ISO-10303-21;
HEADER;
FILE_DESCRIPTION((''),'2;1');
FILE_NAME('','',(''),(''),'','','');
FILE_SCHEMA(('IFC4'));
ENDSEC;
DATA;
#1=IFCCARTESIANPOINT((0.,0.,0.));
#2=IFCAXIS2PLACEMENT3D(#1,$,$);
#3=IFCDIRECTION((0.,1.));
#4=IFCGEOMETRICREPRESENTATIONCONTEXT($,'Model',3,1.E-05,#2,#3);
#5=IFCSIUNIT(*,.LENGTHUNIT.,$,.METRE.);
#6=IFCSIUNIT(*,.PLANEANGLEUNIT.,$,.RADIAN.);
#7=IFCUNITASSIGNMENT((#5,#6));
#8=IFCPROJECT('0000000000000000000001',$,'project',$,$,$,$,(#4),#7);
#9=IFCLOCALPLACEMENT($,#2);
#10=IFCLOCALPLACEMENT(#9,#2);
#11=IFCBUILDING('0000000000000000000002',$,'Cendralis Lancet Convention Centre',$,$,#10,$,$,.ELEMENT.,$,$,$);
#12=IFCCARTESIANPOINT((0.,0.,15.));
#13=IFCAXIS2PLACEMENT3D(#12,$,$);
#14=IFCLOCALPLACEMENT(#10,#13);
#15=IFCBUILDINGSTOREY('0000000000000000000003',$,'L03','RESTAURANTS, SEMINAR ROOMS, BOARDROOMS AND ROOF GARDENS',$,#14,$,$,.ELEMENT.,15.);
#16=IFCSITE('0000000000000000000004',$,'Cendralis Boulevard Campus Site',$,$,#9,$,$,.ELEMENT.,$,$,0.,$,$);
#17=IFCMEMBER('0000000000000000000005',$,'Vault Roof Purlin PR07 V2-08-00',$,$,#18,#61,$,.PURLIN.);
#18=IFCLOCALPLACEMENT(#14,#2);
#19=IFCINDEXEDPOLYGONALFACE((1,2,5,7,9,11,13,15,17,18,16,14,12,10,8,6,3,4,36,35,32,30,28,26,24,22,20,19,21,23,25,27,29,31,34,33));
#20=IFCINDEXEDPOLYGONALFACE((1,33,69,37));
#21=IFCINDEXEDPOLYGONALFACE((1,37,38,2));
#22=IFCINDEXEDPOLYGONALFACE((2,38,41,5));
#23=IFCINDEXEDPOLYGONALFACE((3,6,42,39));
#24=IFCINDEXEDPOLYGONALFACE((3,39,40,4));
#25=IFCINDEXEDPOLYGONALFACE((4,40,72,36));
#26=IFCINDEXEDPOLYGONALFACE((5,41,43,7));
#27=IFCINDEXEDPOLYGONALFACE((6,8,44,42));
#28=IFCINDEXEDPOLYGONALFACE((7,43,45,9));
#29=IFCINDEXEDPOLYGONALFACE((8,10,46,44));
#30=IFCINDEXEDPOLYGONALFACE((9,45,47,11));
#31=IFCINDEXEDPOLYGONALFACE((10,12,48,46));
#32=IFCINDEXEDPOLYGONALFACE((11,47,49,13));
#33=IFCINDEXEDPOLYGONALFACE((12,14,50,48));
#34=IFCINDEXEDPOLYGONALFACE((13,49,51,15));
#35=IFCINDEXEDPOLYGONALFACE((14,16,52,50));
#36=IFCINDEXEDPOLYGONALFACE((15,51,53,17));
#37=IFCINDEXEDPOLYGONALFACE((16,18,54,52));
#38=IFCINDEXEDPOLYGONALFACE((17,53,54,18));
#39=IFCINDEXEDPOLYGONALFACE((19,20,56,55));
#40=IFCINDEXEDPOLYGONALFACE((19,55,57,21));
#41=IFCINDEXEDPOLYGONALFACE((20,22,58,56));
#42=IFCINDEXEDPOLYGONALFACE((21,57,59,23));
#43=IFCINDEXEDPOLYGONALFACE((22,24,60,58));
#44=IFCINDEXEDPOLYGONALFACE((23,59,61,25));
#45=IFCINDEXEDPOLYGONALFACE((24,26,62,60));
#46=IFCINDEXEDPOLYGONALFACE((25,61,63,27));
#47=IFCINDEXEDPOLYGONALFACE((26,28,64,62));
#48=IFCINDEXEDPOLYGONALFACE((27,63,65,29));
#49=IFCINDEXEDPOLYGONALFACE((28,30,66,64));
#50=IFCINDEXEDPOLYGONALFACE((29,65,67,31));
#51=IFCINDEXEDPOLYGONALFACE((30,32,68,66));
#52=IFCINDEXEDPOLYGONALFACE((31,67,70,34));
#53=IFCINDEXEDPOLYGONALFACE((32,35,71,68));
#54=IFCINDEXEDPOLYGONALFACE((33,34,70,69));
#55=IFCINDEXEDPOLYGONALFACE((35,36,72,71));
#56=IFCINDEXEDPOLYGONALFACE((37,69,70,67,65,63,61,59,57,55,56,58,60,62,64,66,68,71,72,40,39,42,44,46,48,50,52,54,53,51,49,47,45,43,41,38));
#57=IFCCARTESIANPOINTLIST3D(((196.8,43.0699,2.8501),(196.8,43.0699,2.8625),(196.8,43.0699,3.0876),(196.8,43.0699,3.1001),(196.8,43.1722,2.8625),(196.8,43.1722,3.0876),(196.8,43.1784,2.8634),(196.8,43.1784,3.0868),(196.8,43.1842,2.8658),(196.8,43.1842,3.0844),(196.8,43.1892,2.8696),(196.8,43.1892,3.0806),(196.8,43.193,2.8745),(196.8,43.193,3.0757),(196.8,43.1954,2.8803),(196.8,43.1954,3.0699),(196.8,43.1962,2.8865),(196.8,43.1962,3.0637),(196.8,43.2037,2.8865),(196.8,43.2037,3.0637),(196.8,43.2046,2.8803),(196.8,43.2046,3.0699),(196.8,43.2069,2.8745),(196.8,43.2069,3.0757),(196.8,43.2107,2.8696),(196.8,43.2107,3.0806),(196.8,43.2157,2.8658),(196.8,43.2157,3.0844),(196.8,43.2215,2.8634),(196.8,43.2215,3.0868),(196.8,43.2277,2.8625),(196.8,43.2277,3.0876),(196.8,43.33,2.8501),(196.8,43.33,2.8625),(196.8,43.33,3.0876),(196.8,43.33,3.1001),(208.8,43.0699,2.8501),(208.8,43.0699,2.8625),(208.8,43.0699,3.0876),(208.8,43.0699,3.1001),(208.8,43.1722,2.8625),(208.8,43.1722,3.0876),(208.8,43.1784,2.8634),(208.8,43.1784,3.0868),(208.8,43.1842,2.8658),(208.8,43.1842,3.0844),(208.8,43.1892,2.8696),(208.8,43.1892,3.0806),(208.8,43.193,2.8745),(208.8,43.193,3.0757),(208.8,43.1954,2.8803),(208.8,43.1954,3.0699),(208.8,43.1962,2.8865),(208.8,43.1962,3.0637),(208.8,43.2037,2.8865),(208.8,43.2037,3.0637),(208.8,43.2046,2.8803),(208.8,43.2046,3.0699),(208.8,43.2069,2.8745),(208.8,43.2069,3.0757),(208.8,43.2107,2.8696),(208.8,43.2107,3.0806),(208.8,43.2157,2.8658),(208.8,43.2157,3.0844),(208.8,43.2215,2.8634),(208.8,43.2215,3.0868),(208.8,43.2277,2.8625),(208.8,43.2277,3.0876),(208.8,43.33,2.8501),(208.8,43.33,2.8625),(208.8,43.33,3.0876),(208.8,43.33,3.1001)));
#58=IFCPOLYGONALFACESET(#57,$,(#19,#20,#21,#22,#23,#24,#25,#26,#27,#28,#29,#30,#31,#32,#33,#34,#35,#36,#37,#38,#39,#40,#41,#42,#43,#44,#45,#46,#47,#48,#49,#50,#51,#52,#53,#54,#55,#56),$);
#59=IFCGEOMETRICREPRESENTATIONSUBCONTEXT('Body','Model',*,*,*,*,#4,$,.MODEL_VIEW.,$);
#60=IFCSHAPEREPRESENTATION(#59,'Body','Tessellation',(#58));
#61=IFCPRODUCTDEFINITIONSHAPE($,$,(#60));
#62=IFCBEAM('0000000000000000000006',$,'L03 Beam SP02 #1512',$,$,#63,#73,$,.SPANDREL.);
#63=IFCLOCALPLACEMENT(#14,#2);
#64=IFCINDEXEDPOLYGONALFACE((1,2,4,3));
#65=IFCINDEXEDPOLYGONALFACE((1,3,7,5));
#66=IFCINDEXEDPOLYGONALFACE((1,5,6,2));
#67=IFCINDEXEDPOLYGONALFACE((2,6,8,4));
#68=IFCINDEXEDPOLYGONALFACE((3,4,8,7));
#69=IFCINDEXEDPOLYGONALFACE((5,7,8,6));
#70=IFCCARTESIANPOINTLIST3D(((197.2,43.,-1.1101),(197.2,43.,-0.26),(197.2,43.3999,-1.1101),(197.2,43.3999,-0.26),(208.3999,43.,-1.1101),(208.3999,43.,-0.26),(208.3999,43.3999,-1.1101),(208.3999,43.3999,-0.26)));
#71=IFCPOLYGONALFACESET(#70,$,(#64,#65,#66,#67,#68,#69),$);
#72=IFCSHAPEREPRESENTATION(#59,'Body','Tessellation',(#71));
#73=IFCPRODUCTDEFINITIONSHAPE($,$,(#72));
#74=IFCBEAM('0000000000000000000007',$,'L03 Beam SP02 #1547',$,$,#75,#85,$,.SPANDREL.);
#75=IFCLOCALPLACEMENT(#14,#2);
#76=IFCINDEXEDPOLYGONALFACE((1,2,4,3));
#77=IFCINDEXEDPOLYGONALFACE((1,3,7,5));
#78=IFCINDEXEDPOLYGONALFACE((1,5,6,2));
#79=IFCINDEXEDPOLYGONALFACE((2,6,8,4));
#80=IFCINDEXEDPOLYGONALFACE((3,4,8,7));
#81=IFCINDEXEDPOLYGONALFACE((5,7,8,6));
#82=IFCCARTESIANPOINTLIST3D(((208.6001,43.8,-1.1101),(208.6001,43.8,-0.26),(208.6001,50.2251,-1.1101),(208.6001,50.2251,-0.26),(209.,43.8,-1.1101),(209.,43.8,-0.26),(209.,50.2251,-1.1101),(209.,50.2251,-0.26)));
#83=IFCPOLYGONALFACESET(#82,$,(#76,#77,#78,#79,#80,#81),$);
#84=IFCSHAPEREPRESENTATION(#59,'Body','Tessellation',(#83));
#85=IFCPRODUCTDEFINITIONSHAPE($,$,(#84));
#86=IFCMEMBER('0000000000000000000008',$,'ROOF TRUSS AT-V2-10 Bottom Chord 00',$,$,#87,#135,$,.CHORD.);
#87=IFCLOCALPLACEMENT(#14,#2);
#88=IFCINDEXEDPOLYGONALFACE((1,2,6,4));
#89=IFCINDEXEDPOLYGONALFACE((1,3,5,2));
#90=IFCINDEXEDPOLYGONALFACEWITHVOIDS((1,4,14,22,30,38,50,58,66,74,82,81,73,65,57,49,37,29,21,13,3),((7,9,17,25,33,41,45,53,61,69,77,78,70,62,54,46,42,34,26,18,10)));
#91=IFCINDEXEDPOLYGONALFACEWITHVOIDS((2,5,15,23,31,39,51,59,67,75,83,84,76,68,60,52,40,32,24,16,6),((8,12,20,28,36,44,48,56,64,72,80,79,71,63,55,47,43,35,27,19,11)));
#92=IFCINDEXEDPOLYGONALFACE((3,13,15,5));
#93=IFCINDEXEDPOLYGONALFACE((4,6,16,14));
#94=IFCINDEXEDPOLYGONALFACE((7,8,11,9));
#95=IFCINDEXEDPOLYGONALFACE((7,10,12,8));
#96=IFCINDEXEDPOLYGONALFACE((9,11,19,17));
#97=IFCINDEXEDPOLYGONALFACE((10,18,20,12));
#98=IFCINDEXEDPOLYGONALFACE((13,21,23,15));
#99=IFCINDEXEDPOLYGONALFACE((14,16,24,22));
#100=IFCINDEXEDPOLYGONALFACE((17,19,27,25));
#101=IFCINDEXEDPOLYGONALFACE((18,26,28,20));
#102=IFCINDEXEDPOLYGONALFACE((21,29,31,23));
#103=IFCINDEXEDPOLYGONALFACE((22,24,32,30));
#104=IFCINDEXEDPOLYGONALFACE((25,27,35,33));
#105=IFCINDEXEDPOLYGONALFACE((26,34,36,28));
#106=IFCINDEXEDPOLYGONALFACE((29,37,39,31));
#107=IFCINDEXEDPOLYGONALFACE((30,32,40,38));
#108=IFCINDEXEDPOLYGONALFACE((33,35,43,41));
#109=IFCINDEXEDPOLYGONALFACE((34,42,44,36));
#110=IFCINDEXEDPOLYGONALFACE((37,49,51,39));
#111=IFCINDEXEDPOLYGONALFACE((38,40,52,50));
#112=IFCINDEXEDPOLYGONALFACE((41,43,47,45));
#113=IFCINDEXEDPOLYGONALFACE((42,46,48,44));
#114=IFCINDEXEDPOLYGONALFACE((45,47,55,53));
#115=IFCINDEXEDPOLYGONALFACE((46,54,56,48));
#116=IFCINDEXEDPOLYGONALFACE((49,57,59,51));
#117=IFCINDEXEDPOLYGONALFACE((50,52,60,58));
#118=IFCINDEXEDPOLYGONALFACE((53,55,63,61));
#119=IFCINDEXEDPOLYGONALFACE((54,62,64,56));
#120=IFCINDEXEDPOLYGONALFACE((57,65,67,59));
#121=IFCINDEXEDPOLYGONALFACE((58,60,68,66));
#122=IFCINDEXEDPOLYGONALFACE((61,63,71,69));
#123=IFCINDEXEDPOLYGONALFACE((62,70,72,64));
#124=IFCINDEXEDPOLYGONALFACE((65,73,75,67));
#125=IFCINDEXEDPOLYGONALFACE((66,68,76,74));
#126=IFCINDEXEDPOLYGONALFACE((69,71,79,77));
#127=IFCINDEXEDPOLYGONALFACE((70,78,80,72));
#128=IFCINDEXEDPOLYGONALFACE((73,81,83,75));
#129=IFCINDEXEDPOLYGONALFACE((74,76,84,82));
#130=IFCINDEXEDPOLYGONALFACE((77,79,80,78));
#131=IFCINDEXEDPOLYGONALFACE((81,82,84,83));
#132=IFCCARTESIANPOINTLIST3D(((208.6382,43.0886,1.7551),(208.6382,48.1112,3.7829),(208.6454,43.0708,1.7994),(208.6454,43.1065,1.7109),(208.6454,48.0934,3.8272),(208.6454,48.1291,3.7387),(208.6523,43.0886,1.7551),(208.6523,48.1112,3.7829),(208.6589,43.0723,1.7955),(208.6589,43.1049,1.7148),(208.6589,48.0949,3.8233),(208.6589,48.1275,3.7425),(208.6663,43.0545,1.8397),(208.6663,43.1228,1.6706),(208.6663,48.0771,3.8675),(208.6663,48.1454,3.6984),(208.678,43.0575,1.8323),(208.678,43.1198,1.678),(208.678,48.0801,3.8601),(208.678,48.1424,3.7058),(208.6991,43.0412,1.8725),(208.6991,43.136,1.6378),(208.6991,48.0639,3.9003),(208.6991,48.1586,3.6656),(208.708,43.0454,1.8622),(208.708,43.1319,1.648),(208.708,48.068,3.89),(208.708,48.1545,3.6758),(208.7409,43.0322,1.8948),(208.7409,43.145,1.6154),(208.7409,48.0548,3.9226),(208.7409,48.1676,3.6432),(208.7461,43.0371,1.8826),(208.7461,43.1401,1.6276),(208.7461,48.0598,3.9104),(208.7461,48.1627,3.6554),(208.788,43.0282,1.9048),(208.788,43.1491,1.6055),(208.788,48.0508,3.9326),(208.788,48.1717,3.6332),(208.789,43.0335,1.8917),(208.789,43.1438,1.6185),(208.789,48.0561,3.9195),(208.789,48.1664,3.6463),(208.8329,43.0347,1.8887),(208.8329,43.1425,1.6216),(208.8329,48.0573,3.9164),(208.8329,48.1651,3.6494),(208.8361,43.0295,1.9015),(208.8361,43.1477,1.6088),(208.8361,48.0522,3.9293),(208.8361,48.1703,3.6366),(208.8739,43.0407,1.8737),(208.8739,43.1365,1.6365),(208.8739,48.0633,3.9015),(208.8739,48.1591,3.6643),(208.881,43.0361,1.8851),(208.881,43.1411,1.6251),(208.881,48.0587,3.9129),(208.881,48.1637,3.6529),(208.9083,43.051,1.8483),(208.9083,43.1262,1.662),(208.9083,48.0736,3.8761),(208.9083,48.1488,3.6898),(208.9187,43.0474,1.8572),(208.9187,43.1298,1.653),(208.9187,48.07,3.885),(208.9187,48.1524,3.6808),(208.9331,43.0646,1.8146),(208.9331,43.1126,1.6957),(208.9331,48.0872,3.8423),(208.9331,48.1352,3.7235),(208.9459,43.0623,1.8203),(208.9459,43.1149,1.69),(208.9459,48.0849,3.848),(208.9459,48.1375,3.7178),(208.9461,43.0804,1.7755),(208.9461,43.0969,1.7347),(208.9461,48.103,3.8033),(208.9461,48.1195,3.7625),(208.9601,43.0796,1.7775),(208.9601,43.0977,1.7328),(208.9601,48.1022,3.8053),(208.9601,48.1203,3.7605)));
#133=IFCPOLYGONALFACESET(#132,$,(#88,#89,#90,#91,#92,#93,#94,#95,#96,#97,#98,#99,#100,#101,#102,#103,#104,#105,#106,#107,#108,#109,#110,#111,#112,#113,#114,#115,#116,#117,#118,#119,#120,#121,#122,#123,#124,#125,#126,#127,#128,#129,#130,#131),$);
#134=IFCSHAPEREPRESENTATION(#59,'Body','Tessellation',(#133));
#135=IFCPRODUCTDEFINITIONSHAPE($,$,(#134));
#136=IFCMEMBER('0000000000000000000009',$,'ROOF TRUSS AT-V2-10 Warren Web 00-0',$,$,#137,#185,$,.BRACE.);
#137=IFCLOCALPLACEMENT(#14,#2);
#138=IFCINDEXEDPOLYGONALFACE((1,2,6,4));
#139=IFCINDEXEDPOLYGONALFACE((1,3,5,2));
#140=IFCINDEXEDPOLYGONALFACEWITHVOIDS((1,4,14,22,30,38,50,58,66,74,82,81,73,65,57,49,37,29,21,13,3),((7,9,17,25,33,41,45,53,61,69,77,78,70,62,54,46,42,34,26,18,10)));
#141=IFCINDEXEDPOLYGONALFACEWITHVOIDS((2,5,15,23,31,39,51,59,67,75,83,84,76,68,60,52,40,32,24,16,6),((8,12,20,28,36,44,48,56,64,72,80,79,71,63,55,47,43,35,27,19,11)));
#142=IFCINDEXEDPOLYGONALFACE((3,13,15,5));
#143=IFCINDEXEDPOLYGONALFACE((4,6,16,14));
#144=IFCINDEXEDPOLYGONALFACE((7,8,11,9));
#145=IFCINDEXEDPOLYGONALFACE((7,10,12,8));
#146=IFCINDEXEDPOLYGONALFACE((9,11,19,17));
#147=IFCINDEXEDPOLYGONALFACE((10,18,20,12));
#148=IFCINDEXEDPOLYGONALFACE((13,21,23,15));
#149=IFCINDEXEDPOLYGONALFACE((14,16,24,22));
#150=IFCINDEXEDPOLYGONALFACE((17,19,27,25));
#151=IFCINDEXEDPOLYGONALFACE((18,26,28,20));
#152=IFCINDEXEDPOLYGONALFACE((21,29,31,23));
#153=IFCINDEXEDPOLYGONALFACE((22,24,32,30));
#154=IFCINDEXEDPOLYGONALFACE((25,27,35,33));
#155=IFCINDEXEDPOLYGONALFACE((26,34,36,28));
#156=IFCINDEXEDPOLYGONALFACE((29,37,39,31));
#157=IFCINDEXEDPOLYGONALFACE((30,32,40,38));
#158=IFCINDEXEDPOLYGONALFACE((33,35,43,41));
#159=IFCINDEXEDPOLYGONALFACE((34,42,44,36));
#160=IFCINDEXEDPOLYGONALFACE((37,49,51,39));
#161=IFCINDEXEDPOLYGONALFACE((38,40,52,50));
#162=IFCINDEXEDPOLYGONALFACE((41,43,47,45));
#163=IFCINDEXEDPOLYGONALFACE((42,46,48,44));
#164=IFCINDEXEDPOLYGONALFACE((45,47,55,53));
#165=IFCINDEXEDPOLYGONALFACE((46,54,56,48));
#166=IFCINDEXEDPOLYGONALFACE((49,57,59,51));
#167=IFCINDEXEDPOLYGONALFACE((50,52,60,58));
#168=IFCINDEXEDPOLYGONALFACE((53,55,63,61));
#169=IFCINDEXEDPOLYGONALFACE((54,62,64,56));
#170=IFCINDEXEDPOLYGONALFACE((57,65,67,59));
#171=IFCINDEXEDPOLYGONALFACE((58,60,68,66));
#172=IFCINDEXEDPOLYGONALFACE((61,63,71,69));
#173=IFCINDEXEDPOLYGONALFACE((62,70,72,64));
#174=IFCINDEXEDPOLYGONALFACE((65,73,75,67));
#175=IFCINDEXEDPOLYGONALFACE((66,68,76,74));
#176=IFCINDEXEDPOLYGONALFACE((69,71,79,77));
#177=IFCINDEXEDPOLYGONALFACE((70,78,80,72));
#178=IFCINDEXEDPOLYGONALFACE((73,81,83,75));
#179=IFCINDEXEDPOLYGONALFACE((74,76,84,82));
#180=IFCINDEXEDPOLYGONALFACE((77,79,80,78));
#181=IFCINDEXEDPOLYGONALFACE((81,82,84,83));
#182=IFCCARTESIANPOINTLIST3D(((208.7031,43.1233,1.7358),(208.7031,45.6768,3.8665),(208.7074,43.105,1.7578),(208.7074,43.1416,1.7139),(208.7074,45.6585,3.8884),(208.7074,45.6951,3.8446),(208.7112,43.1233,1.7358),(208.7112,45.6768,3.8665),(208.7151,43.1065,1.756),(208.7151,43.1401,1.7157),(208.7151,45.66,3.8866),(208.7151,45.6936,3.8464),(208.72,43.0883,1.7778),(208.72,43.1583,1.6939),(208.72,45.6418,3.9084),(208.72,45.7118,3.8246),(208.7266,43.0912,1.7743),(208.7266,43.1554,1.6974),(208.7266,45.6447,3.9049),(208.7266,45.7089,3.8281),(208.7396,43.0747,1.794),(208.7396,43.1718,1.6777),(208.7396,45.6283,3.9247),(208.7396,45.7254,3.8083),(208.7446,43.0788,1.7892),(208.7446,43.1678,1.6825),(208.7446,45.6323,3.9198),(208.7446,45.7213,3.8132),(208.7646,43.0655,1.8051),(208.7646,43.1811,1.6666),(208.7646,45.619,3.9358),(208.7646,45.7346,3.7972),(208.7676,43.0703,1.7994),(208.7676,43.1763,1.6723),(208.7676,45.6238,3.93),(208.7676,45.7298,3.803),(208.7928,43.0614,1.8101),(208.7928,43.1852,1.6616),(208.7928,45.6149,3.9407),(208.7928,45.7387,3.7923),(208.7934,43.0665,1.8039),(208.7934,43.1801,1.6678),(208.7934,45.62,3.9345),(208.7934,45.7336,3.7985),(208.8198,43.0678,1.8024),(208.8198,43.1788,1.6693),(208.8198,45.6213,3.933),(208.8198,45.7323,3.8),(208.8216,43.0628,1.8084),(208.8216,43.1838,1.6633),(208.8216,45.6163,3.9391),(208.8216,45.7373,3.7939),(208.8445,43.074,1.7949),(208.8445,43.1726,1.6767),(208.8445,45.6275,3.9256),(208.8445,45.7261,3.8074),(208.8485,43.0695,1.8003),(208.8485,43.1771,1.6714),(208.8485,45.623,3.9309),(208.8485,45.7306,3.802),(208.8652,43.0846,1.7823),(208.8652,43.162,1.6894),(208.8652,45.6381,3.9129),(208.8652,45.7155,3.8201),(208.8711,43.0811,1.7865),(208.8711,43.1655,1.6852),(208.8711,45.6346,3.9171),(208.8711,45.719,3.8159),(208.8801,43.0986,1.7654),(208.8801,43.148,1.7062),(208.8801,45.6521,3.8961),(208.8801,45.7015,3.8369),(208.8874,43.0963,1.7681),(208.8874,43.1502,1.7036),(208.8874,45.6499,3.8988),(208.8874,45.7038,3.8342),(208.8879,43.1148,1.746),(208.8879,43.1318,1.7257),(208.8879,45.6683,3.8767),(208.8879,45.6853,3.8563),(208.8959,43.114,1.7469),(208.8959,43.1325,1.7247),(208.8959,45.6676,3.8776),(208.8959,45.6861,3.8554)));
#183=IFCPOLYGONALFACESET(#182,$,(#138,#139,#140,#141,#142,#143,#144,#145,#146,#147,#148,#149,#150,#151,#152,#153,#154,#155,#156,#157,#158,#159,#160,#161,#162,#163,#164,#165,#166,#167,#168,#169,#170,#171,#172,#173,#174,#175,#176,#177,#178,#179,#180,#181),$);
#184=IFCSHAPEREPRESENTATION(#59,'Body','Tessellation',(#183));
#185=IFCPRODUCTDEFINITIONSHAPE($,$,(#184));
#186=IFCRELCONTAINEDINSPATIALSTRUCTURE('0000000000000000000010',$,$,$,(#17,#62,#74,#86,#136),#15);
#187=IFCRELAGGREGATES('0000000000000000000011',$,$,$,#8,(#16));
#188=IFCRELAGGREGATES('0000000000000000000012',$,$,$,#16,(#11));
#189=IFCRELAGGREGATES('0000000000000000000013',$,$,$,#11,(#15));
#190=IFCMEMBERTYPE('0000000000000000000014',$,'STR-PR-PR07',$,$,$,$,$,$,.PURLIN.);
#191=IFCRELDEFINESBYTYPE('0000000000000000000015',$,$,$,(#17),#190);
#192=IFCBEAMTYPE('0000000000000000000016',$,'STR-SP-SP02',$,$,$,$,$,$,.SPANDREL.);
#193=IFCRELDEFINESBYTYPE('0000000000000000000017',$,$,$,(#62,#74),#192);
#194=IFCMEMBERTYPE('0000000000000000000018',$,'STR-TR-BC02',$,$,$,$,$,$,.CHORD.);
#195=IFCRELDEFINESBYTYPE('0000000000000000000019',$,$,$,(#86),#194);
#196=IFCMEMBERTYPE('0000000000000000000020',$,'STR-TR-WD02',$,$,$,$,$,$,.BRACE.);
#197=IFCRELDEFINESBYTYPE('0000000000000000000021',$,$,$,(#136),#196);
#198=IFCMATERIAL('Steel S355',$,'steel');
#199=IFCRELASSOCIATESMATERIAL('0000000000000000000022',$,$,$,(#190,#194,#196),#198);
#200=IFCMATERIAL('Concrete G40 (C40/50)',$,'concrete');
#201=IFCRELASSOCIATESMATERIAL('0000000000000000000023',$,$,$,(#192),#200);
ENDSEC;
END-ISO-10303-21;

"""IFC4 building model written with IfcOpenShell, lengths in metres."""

from ifc_helpers import new_model, si_unit, direction, frame, origin, origin_2d, place, context, subcontext, project, spatial, rectangle, hollow_circle, i_section, extrude, material, material_profile, profile_set, type_object, element, save


model = new_model("IFC4")

# Units and contexts
model_context = context("Model", 3, precision=1e-05, world=origin(), true_north=direction((0.0, 1.0)))
body_context = subcontext(model_context, "Body", "Model", "MODEL_VIEW")
ifc_project = project(units=[si_unit("LENGTHUNIT", "METRE"), si_unit("PLANEANGLEUNIT", "RADIAN")], contexts=[model_context])

# Site, building, storey
site_placement = place(None, origin())
site = spatial("IfcSite", under=ifc_project, at=site_placement, Name="Cendralis Boulevard Campus Site", CompositionType="ELEMENT", RefElevation=0.0)
building_placement = place(site_placement, origin())
building = spatial("IfcBuilding", under=site, at=building_placement, Name="Cendralis Lancet Convention Centre", CompositionType="ELEMENT")
storey_placement = place(building_placement, frame((0.0, 0.0, 15.0)))
storey = spatial("IfcBuildingStorey", under=building, at=storey_placement, Name="L03", Description="RESTAURANTS, SEMINAR ROOMS, BOARDROOMS AND ROOF GARDENS", CompositionType="ELEMENT", Elevation=15.0)

# Shared definitions
ifc_material_1 = material(Name="Concrete G40 (C40/50)", Category="concrete")

# Shared definitions
ifc_material_2 = material(Name="Steel S355", Category="steel")

# Member
ifc_material_profile_1 = material_profile(ifc_material_2, i_section(OverallWidth=0.26, OverallDepth=0.25, WebThickness=0.0076, FlangeThickness=0.0125, FilletRadius=0.0239, at=origin_2d()), Name="HEA 260")
ifc_profile_set_1 = profile_set([ifc_material_profile_1], Name="Steel S355")
member_type_1 = type_object("IfcMemberType", Name="STR-PR-PR07", PredefinedType="PURLIN", material=ifc_profile_set_1)
member_1_placement = place(storey_placement, frame((196.8, 43.2, 2.9751), z_axis=(1.0, 0.0, 0.0), x_axis=(0.0, 1.0, 0.0)))
element("IfcMember", 1, at=member_1_placement, inside=storey, type_object=member_type_1, Name="Vault Roof Purlin PR07 V2-08-00", PredefinedType="PURLIN", context=body_context, shape_type="SweptSolid", body=[
    extrude(i_section(OverallWidth=0.26, OverallDepth=0.25, WebThickness=0.0076, FlangeThickness=0.0125, FilletRadius=0.0239, at=origin_2d()), origin(), (0.0, 0.0, 1.0), 12.0),
])

# Beams
ifc_material_profile_2 = material_profile(ifc_material_1, rectangle(XDim=0.3999, YDim=0.8501, at=origin_2d()), Name="RCB 400x850")
ifc_profile_set_2 = profile_set([ifc_material_profile_2], Name="Concrete G40 (C40/50)")
beam_type_1 = type_object("IfcBeamType", Name="STR-SP-SP02", PredefinedType="SPANDREL", material=ifc_profile_set_2)
beam_1_placement = place(storey_placement, frame((197.2, 43.2, -0.6851), z_axis=(1.0, 0.0, 0.0), x_axis=(0.0, 1.0, 0.0)))
element("IfcBeam", 2, at=beam_1_placement, inside=storey, type_object=beam_type_1, Name="L03 Beam SP02 #1512", PredefinedType="SPANDREL", context=body_context, shape_type="SweptSolid", body=[
    extrude(rectangle(XDim=0.3999, YDim=0.8501, at=origin_2d()), origin(), (0.0, 0.0, 1.0), 11.2),
])
beam_2_placement = place(storey_placement, frame((208.8, 43.8, -0.6851), z_axis=(0.0, 1.0, 0.0), x_axis=(-1.0, 0.0, 0.0)))
element("IfcBeam", 3, at=beam_2_placement, inside=storey, type_object=beam_type_1, Name="L03 Beam SP02 #1547", PredefinedType="SPANDREL", context=body_context, shape_type="SweptSolid", body=[
    extrude(rectangle(XDim=0.3999, YDim=0.8501, at=origin_2d()), origin(), (0.0, 0.0, 1.0), 6.425),
])

# Members
ifc_material_profile_3 = material_profile(ifc_material_2, hollow_circle(Radius=0.1619, WallThickness=0.0142, at=origin_2d()), Name="CHS 323.9x14.2")
ifc_profile_set_3 = profile_set([ifc_material_profile_3], Name="Steel S355")
member_type_2 = type_object("IfcMemberType", Name="STR-TR-BC02", PredefinedType="CHORD", material=ifc_profile_set_3)
member_2_placement = place(storey_placement, frame((208.8, 43.0886, 1.7551), z_axis=(0.0, 0.927278, 0.374373), x_axis=(-1.0, 0.0, 0.0)))
element("IfcMember", 4, at=member_2_placement, inside=storey, type_object=member_type_2, Name="ROOF TRUSS AT-V2-10 Bottom Chord 00", PredefinedType="CHORD", context=body_context, shape_type="SweptSolid", body=[
    extrude(hollow_circle(Radius=0.1619, WallThickness=0.0142, at=origin_2d()), origin(), (0.0, 0.0, 1.0), 5.4165),
])
ifc_material_profile_4 = material_profile(ifc_material_2, hollow_circle(Radius=0.0969, WallThickness=0.0081, at=origin_2d()), Name="CHS 193.7x8.0")
ifc_profile_set_4 = profile_set([ifc_material_profile_4], Name="Steel S355")
member_type_3 = type_object("IfcMemberType", Name="STR-TR-WD02", PredefinedType="BRACE", material=ifc_profile_set_4)
member_3_placement = place(storey_placement, frame((208.8, 43.1233, 1.7358), z_axis=(0.0, 0.767818, 0.640668), x_axis=(-1.0, 0.0, 0.0)))
element("IfcMember", 5, at=member_3_placement, inside=storey, type_object=member_type_3, Name="ROOF TRUSS AT-V2-10 Warren Web 00-0", PredefinedType="BRACE", context=body_context, shape_type="SweptSolid", body=[
    extrude(hollow_circle(Radius=0.0969, WallThickness=0.0081, at=origin_2d()), origin(), (0.0, 0.0, 1.0), 3.3257),
])

save(model, "model.ifc")
